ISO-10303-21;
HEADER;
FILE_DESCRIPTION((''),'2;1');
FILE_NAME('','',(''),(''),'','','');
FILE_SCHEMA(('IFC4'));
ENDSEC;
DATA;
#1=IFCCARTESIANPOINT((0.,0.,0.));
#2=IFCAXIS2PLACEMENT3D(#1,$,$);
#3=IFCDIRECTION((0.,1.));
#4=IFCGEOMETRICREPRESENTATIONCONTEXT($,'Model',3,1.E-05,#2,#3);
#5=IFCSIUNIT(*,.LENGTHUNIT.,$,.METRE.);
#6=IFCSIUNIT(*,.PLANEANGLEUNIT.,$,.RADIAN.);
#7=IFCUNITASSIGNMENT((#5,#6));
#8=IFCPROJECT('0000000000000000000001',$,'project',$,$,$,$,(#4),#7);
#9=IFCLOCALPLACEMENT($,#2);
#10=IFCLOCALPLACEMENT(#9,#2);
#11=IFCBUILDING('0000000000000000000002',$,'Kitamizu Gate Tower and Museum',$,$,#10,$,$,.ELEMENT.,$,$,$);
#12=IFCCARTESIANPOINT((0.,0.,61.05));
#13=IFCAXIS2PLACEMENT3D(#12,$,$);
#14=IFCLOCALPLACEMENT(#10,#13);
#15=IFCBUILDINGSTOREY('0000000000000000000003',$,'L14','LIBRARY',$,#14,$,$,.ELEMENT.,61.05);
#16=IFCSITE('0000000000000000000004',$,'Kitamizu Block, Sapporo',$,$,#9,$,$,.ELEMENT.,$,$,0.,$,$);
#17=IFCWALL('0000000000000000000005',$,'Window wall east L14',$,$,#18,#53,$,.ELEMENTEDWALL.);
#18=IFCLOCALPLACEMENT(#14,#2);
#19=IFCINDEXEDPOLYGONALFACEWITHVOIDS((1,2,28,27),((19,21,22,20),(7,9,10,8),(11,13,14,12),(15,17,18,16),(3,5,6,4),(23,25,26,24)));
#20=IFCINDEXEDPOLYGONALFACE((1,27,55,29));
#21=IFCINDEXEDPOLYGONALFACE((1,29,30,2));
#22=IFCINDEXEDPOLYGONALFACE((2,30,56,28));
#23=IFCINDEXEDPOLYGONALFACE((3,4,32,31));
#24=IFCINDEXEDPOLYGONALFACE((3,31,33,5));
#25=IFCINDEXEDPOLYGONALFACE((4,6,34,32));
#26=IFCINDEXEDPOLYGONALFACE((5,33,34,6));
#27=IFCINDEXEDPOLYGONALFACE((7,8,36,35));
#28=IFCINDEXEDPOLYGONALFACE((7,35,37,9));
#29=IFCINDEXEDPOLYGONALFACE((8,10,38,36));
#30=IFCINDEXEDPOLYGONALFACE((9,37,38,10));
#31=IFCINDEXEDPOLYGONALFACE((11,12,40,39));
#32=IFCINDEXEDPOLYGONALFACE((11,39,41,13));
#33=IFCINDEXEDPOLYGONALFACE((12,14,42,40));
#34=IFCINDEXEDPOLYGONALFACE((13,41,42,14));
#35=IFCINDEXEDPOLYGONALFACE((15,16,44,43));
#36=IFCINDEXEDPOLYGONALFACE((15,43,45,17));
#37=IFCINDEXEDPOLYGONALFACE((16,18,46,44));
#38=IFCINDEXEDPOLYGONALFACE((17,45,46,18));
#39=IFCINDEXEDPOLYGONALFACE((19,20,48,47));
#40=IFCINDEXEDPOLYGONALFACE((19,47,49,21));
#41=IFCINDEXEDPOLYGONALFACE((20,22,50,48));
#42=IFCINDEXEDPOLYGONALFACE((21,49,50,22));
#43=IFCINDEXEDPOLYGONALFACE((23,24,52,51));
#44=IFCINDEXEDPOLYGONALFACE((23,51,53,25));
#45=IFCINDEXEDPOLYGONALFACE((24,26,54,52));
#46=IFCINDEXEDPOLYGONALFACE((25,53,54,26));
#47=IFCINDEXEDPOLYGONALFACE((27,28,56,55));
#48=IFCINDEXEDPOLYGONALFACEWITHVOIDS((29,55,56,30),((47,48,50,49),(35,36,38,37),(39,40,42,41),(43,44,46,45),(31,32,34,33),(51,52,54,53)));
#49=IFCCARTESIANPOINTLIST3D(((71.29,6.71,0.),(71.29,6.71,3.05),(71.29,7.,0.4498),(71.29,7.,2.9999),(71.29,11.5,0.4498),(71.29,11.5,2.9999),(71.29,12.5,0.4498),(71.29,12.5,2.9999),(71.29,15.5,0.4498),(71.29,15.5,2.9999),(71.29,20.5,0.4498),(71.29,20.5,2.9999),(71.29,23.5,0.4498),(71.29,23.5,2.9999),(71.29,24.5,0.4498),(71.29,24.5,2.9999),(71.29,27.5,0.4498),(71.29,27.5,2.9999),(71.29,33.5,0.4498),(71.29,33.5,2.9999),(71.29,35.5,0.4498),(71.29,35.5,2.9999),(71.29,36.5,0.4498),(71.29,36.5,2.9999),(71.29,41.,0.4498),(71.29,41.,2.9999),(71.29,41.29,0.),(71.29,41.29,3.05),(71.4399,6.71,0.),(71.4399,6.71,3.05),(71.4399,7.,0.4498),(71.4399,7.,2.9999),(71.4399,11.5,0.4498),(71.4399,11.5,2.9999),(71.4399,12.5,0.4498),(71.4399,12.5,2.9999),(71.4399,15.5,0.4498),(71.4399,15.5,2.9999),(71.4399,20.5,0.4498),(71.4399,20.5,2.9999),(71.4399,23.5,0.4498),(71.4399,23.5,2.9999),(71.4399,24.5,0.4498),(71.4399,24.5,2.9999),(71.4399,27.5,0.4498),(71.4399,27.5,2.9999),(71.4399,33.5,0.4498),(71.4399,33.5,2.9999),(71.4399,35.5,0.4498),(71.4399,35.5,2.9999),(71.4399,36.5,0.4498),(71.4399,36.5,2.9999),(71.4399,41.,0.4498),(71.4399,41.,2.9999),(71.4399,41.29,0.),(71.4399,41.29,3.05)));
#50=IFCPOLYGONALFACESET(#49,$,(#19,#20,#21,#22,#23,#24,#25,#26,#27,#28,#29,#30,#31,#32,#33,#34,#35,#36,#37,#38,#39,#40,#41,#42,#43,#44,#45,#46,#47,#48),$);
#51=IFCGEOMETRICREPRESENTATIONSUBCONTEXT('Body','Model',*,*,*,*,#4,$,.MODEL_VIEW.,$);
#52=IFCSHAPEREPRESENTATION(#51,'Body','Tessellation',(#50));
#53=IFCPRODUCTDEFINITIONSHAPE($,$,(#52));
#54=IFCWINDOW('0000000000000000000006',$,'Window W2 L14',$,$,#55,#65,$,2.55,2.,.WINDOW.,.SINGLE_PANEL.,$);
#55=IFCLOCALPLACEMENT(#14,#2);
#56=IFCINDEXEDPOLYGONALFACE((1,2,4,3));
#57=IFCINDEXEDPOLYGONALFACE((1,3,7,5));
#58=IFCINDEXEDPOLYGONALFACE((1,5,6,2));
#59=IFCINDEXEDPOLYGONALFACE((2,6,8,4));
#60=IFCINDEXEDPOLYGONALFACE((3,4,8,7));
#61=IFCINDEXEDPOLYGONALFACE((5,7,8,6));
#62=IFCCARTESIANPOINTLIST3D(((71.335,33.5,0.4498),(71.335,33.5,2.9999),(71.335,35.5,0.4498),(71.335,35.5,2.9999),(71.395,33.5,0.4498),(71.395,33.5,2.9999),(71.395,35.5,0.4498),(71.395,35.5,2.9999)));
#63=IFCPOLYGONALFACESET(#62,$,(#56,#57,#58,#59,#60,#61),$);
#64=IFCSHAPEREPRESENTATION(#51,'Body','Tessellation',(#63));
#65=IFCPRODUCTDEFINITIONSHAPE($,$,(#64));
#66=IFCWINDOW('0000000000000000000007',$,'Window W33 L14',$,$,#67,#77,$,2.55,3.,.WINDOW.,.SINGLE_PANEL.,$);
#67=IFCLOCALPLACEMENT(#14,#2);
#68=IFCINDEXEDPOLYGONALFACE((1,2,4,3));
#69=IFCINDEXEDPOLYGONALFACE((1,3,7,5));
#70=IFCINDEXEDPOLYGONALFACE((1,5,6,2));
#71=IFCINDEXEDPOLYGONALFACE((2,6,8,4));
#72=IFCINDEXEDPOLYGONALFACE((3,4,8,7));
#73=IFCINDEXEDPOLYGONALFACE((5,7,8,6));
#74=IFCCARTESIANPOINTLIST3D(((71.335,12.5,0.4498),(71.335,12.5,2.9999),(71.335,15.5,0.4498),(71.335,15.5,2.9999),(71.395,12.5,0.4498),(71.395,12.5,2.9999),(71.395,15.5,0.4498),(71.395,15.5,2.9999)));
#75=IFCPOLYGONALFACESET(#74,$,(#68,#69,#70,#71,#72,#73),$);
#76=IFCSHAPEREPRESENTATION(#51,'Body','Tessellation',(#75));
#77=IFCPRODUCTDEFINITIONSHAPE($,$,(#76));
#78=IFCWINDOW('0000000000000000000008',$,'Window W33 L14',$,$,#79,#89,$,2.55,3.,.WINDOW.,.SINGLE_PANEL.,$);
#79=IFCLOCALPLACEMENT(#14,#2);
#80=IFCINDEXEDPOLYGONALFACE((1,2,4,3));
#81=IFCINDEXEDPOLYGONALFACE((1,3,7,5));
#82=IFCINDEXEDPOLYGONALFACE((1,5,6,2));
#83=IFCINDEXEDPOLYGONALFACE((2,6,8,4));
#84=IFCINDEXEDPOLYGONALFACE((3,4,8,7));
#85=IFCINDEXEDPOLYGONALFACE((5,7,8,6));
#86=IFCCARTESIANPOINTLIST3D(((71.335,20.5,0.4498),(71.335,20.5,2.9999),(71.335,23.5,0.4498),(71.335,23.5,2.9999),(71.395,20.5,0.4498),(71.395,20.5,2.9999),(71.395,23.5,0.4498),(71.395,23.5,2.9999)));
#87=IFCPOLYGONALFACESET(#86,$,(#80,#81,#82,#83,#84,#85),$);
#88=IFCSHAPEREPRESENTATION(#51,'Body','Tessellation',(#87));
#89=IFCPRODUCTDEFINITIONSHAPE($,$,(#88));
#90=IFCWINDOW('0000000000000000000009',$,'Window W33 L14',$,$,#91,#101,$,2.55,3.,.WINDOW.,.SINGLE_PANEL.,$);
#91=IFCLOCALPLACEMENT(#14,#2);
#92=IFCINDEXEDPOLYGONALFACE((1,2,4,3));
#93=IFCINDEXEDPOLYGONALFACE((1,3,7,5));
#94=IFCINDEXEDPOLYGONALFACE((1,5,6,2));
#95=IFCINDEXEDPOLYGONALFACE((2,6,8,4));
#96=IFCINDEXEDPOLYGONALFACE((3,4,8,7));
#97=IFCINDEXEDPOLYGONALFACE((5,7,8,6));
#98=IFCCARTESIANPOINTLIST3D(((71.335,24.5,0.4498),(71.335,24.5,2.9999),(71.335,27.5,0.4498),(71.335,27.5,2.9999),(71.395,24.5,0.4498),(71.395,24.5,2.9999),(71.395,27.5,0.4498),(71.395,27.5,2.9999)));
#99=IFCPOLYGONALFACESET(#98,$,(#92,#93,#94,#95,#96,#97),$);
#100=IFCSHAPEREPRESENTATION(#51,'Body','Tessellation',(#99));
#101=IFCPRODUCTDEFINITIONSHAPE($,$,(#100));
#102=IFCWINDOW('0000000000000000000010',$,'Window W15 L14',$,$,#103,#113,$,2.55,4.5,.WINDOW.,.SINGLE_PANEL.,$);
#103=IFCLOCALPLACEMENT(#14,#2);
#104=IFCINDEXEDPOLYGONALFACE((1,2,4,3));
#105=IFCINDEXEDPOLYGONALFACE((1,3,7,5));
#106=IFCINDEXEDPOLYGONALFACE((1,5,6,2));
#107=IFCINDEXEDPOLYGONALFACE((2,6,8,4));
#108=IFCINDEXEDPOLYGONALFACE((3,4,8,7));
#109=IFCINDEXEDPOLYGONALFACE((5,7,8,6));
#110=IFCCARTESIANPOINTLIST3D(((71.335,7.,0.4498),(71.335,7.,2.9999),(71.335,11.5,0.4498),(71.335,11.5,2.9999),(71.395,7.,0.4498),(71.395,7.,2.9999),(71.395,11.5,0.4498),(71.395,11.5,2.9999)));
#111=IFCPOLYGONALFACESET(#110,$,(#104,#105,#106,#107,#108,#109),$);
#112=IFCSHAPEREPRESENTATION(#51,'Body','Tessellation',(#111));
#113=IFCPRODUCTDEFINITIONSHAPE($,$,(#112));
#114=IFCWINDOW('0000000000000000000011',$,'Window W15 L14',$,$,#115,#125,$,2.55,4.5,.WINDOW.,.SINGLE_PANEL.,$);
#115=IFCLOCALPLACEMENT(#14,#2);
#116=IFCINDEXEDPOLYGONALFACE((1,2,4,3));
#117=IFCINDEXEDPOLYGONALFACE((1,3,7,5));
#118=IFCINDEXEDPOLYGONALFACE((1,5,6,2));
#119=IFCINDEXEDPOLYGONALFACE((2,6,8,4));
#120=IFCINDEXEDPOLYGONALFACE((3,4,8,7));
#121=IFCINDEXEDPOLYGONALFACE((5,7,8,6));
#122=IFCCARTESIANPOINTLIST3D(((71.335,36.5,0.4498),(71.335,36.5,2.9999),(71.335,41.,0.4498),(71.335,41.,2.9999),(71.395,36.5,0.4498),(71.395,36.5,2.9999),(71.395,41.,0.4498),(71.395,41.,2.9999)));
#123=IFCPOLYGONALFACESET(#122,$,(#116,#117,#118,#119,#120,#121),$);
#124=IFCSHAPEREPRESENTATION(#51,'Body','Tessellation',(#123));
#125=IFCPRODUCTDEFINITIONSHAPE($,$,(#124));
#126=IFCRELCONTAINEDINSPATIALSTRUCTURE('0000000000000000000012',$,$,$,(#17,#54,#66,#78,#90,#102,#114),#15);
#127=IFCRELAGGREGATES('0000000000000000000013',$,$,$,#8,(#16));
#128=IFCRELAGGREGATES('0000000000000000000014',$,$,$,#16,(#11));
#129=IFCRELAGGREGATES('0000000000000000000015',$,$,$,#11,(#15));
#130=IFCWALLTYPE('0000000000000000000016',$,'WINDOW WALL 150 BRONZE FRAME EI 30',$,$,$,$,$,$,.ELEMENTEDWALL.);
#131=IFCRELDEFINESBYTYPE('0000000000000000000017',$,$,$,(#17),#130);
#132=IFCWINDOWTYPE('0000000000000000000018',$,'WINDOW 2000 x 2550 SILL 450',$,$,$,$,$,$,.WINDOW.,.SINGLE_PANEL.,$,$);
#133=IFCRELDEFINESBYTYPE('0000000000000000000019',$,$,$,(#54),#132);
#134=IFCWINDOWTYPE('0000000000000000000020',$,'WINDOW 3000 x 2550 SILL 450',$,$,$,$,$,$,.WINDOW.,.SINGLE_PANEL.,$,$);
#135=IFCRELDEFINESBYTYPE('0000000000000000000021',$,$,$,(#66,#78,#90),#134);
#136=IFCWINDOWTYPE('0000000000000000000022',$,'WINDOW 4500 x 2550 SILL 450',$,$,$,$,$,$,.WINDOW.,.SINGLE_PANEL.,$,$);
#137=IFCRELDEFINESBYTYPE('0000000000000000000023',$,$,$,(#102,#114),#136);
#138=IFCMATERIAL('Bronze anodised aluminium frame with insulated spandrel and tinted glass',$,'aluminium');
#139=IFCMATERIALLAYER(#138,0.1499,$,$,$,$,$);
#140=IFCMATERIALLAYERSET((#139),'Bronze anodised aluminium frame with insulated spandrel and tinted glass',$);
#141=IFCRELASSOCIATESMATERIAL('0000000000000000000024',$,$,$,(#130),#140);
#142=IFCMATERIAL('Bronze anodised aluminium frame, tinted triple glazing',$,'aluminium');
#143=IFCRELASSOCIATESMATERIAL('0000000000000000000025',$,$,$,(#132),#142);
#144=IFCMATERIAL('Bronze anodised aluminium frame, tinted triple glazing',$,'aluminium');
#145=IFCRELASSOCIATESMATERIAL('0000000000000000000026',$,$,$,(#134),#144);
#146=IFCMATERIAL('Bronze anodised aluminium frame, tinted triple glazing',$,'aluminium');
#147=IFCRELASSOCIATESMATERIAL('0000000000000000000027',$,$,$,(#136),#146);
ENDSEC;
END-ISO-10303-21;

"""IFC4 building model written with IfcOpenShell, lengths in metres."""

from ifc_helpers import new_model, si_unit, direction, frame, frame_2d, origin, place, context, subcontext, project, spatial, rectangle, extrude, material, layer, layer_set, type_object, element, fill, save


model = new_model("IFC4")

# Units and contexts
model_context = context("Model", 3, precision=1e-05, world=origin(), true_north=direction((0.0, 1.0)))
body_context = subcontext(model_context, "Body", "Model", "MODEL_VIEW")
ifc_project = project(units=[si_unit("LENGTHUNIT", "METRE"), si_unit("PLANEANGLEUNIT", "RADIAN")], contexts=[model_context])

# Site, building, storey
site_placement = place(None, origin())
site = spatial("IfcSite", under=ifc_project, at=site_placement, Name="Kitamizu Block, Sapporo", CompositionType="ELEMENT", RefElevation=0.0)
building_placement = place(site_placement, origin())
building = spatial("IfcBuilding", under=site, at=building_placement, Name="Kitamizu Gate Tower and Museum", CompositionType="ELEMENT")
storey_placement = place(building_placement, frame((0.0, 0.0, 61.05)))
storey = spatial("IfcBuildingStorey", under=building, at=storey_placement, Name="L14", Description="LIBRARY", CompositionType="ELEMENT", Elevation=61.05)

# Shared definitions
ifc_material_1 = material(Name="Bronze anodised aluminium frame with insulated spandrel and tinted glass", Category="aluminium")
ifc_layer_1 = layer(ifc_material_1, 0.1499)
ifc_layer_set_1 = layer_set([ifc_layer_1], Name="Bronze anodised aluminium frame with insulated spandrel and tinted glass")
wall_type_1 = type_object("IfcWallType", Name="WINDOW WALL 150 BRONZE FRAME EI 30", PredefinedType="ELEMENTEDWALL", material=ifc_layer_set_1)

# Wall, openings, windows
wall_1_placement = place(storey_placement, frame((71.365, 6.71, 0.0), z_axis=(0.0, 0.0, 1.0), x_axis=(0.0, 1.0, 0.0)))
wall_1 = element("IfcWall", 1, at=wall_1_placement, inside=storey, type_object=wall_type_1, Name="Window wall east L14", PredefinedType="ELEMENTEDWALL", context=body_context, shape_type="SweptSolid", body=[
    extrude(rectangle(XDim=34.5801, YDim=0.1499, at=frame_2d((17.29, 0.0))), origin(), (0.0, 0.0, 1.0), 3.05),
])
opening_1_placement = place(wall_1_placement, frame((0.29, 0.0, 0.45)))
opening_1 = element("IfcOpeningElement", 2, at=opening_1_placement, cuts=wall_1, PredefinedType="OPENING", context=body_context, shape_type="SweptSolid", body=[
    extrude(rectangle(XDim=4.5, YDim=2.55, at=frame_2d((2.25, 1.2749))), frame((0.0, 0.085, 0.0), z_axis=(0.0, -1.0, 0.0), x_axis=(1.0, 0.0, 0.0)), (0.0, 0.0, 1.0), 0.1699),
])
opening_2_placement = place(wall_1_placement, frame((5.79, 0.0, 0.45)))
opening_2 = element("IfcOpeningElement", 3, at=opening_2_placement, cuts=wall_1, PredefinedType="OPENING", context=body_context, shape_type="SweptSolid", body=[
    extrude(rectangle(XDim=3.0, YDim=2.55, at=frame_2d((1.5, 1.2749))), frame((0.0, 0.085, 0.0), z_axis=(0.0, -1.0, 0.0), x_axis=(1.0, 0.0, 0.0)), (0.0, 0.0, 1.0), 0.1699),
])
opening_3_placement = place(wall_1_placement, frame((13.79, 0.0, 0.45)))
opening_3 = element("IfcOpeningElement", 4, at=opening_3_placement, cuts=wall_1, PredefinedType="OPENING", context=body_context, shape_type="SweptSolid", body=[
    extrude(rectangle(XDim=3.0, YDim=2.55, at=frame_2d((1.5, 1.2749))), frame((0.0, 0.085, 0.0), z_axis=(0.0, -1.0, 0.0), x_axis=(1.0, 0.0, 0.0)), (0.0, 0.0, 1.0), 0.1699),
])
opening_4_placement = place(wall_1_placement, frame((17.79, 0.0, 0.45)))
opening_4 = element("IfcOpeningElement", 5, at=opening_4_placement, cuts=wall_1, PredefinedType="OPENING", context=body_context, shape_type="SweptSolid", body=[
    extrude(rectangle(XDim=3.0, YDim=2.55, at=frame_2d((1.5, 1.2749))), frame((0.0, 0.085, 0.0), z_axis=(0.0, -1.0, 0.0), x_axis=(1.0, 0.0, 0.0)), (0.0, 0.0, 1.0), 0.1699),
])
opening_5_placement = place(wall_1_placement, frame((26.79, 0.0, 0.45)))
opening_5 = element("IfcOpeningElement", 6, at=opening_5_placement, cuts=wall_1, PredefinedType="OPENING", context=body_context, shape_type="SweptSolid", body=[
    extrude(rectangle(XDim=2.0, YDim=2.55, at=frame_2d((1.0, 1.2749))), frame((0.0, 0.085, 0.0), z_axis=(0.0, -1.0, 0.0), x_axis=(1.0, 0.0, 0.0)), (0.0, 0.0, 1.0), 0.1699),
])
opening_6_placement = place(wall_1_placement, frame((29.79, 0.0, 0.45)))
opening_6 = element("IfcOpeningElement", 7, at=opening_6_placement, cuts=wall_1, PredefinedType="OPENING", context=body_context, shape_type="SweptSolid", body=[
    extrude(rectangle(XDim=4.5, YDim=2.55, at=frame_2d((2.25, 1.2749))), frame((0.0, 0.085, 0.0), z_axis=(0.0, -1.0, 0.0), x_axis=(1.0, 0.0, 0.0)), (0.0, 0.0, 1.0), 0.1699),
])
ifc_material_2 = material(Name="Bronze anodised aluminium frame, tinted triple glazing", Category="aluminium")
window_type_1 = type_object("IfcWindowType", Name="WINDOW 2000 x 2550 SILL 450", PartitioningType="SINGLE_PANEL", PredefinedType="WINDOW", material=ifc_material_2)
window_1_placement = place(opening_5_placement, origin())
window_1 = element("IfcWindow", 8, at=window_1_placement, inside=storey, type_object=window_type_1, Name="Window W2 L14", OverallHeight=2.55, OverallWidth=2.0, PartitioningType="SINGLE_PANEL", PredefinedType="WINDOW", context=body_context, shape_type="SweptSolid", body=[
    extrude(rectangle(XDim=2.0, YDim=2.55, at=frame_2d((1.0, 1.2749))), frame((0.0, 0.03, 0.0), z_axis=(0.0, -1.0, 0.0), x_axis=(1.0, 0.0, 0.0)), (0.0, 0.0, 1.0), 0.0601),
])
fill(opening_5, window_1)
ifc_material_3 = material(Name="Bronze anodised aluminium frame, tinted triple glazing", Category="aluminium")
window_type_2 = type_object("IfcWindowType", Name="WINDOW 3000 x 2550 SILL 450", PartitioningType="SINGLE_PANEL", PredefinedType="WINDOW", material=ifc_material_3)
window_2_placement = place(opening_2_placement, origin())
window_2 = element("IfcWindow", 9, at=window_2_placement, inside=storey, type_object=window_type_2, Name="Window W33 L14", OverallHeight=2.55, OverallWidth=3.0, PartitioningType="SINGLE_PANEL", PredefinedType="WINDOW", context=body_context, shape_type="SweptSolid", body=[
    extrude(rectangle(XDim=3.0, YDim=2.55, at=frame_2d((1.5, 1.2749))), frame((0.0, 0.03, 0.0), z_axis=(0.0, -1.0, 0.0), x_axis=(1.0, 0.0, 0.0)), (0.0, 0.0, 1.0), 0.0601),
])
fill(opening_2, window_2)
window_3_placement = place(opening_3_placement, origin())
window_3 = element("IfcWindow", 10, at=window_3_placement, inside=storey, type_object=window_type_2, Name="Window W33 L14", OverallHeight=2.55, OverallWidth=3.0, PartitioningType="SINGLE_PANEL", PredefinedType="WINDOW", context=body_context, shape_type="SweptSolid", body=[
    extrude(rectangle(XDim=3.0, YDim=2.55, at=frame_2d((1.5, 1.2749))), frame((0.0, 0.03, 0.0), z_axis=(0.0, -1.0, 0.0), x_axis=(1.0, 0.0, 0.0)), (0.0, 0.0, 1.0), 0.0601),
])
fill(opening_3, window_3)
window_4_placement = place(opening_4_placement, origin())
window_4 = element("IfcWindow", 11, at=window_4_placement, inside=storey, type_object=window_type_2, Name="Window W33 L14", OverallHeight=2.55, OverallWidth=3.0, PartitioningType="SINGLE_PANEL", PredefinedType="WINDOW", context=body_context, shape_type="SweptSolid", body=[
    extrude(rectangle(XDim=3.0, YDim=2.55, at=frame_2d((1.5, 1.2749))), frame((0.0, 0.03, 0.0), z_axis=(0.0, -1.0, 0.0), x_axis=(1.0, 0.0, 0.0)), (0.0, 0.0, 1.0), 0.0601),
])
fill(opening_4, window_4)
ifc_material_4 = material(Name="Bronze anodised aluminium frame, tinted triple glazing", Category="aluminium")
window_type_3 = type_object("IfcWindowType", Name="WINDOW 4500 x 2550 SILL 450", PartitioningType="SINGLE_PANEL", PredefinedType="WINDOW", material=ifc_material_4)
window_5_placement = place(opening_1_placement, origin())
window_5 = element("IfcWindow", 12, at=window_5_placement, inside=storey, type_object=window_type_3, Name="Window W15 L14", OverallHeight=2.55, OverallWidth=4.5, PartitioningType="SINGLE_PANEL", PredefinedType="WINDOW", context=body_context, shape_type="SweptSolid", body=[
    extrude(rectangle(XDim=4.5, YDim=2.55, at=frame_2d((2.25, 1.2749))), frame((0.0, 0.03, 0.0), z_axis=(0.0, -1.0, 0.0), x_axis=(1.0, 0.0, 0.0)), (0.0, 0.0, 1.0), 0.0601),
])
fill(opening_1, window_5)
window_6_placement = place(opening_6_placement, origin())
window_6 = element("IfcWindow", 13, at=window_6_placement, inside=storey, type_object=window_type_3, Name="Window W15 L14", OverallHeight=2.55, OverallWidth=4.5, PartitioningType="SINGLE_PANEL", PredefinedType="WINDOW", context=body_context, shape_type="SweptSolid", body=[
    extrude(rectangle(XDim=4.5, YDim=2.55, at=frame_2d((2.25, 1.2749))), frame((0.0, 0.03, 0.0), z_axis=(0.0, -1.0, 0.0), x_axis=(1.0, 0.0, 0.0)), (0.0, 0.0, 1.0), 0.0601),
])
fill(opening_6, window_6)

save(model, "model.ifc")
